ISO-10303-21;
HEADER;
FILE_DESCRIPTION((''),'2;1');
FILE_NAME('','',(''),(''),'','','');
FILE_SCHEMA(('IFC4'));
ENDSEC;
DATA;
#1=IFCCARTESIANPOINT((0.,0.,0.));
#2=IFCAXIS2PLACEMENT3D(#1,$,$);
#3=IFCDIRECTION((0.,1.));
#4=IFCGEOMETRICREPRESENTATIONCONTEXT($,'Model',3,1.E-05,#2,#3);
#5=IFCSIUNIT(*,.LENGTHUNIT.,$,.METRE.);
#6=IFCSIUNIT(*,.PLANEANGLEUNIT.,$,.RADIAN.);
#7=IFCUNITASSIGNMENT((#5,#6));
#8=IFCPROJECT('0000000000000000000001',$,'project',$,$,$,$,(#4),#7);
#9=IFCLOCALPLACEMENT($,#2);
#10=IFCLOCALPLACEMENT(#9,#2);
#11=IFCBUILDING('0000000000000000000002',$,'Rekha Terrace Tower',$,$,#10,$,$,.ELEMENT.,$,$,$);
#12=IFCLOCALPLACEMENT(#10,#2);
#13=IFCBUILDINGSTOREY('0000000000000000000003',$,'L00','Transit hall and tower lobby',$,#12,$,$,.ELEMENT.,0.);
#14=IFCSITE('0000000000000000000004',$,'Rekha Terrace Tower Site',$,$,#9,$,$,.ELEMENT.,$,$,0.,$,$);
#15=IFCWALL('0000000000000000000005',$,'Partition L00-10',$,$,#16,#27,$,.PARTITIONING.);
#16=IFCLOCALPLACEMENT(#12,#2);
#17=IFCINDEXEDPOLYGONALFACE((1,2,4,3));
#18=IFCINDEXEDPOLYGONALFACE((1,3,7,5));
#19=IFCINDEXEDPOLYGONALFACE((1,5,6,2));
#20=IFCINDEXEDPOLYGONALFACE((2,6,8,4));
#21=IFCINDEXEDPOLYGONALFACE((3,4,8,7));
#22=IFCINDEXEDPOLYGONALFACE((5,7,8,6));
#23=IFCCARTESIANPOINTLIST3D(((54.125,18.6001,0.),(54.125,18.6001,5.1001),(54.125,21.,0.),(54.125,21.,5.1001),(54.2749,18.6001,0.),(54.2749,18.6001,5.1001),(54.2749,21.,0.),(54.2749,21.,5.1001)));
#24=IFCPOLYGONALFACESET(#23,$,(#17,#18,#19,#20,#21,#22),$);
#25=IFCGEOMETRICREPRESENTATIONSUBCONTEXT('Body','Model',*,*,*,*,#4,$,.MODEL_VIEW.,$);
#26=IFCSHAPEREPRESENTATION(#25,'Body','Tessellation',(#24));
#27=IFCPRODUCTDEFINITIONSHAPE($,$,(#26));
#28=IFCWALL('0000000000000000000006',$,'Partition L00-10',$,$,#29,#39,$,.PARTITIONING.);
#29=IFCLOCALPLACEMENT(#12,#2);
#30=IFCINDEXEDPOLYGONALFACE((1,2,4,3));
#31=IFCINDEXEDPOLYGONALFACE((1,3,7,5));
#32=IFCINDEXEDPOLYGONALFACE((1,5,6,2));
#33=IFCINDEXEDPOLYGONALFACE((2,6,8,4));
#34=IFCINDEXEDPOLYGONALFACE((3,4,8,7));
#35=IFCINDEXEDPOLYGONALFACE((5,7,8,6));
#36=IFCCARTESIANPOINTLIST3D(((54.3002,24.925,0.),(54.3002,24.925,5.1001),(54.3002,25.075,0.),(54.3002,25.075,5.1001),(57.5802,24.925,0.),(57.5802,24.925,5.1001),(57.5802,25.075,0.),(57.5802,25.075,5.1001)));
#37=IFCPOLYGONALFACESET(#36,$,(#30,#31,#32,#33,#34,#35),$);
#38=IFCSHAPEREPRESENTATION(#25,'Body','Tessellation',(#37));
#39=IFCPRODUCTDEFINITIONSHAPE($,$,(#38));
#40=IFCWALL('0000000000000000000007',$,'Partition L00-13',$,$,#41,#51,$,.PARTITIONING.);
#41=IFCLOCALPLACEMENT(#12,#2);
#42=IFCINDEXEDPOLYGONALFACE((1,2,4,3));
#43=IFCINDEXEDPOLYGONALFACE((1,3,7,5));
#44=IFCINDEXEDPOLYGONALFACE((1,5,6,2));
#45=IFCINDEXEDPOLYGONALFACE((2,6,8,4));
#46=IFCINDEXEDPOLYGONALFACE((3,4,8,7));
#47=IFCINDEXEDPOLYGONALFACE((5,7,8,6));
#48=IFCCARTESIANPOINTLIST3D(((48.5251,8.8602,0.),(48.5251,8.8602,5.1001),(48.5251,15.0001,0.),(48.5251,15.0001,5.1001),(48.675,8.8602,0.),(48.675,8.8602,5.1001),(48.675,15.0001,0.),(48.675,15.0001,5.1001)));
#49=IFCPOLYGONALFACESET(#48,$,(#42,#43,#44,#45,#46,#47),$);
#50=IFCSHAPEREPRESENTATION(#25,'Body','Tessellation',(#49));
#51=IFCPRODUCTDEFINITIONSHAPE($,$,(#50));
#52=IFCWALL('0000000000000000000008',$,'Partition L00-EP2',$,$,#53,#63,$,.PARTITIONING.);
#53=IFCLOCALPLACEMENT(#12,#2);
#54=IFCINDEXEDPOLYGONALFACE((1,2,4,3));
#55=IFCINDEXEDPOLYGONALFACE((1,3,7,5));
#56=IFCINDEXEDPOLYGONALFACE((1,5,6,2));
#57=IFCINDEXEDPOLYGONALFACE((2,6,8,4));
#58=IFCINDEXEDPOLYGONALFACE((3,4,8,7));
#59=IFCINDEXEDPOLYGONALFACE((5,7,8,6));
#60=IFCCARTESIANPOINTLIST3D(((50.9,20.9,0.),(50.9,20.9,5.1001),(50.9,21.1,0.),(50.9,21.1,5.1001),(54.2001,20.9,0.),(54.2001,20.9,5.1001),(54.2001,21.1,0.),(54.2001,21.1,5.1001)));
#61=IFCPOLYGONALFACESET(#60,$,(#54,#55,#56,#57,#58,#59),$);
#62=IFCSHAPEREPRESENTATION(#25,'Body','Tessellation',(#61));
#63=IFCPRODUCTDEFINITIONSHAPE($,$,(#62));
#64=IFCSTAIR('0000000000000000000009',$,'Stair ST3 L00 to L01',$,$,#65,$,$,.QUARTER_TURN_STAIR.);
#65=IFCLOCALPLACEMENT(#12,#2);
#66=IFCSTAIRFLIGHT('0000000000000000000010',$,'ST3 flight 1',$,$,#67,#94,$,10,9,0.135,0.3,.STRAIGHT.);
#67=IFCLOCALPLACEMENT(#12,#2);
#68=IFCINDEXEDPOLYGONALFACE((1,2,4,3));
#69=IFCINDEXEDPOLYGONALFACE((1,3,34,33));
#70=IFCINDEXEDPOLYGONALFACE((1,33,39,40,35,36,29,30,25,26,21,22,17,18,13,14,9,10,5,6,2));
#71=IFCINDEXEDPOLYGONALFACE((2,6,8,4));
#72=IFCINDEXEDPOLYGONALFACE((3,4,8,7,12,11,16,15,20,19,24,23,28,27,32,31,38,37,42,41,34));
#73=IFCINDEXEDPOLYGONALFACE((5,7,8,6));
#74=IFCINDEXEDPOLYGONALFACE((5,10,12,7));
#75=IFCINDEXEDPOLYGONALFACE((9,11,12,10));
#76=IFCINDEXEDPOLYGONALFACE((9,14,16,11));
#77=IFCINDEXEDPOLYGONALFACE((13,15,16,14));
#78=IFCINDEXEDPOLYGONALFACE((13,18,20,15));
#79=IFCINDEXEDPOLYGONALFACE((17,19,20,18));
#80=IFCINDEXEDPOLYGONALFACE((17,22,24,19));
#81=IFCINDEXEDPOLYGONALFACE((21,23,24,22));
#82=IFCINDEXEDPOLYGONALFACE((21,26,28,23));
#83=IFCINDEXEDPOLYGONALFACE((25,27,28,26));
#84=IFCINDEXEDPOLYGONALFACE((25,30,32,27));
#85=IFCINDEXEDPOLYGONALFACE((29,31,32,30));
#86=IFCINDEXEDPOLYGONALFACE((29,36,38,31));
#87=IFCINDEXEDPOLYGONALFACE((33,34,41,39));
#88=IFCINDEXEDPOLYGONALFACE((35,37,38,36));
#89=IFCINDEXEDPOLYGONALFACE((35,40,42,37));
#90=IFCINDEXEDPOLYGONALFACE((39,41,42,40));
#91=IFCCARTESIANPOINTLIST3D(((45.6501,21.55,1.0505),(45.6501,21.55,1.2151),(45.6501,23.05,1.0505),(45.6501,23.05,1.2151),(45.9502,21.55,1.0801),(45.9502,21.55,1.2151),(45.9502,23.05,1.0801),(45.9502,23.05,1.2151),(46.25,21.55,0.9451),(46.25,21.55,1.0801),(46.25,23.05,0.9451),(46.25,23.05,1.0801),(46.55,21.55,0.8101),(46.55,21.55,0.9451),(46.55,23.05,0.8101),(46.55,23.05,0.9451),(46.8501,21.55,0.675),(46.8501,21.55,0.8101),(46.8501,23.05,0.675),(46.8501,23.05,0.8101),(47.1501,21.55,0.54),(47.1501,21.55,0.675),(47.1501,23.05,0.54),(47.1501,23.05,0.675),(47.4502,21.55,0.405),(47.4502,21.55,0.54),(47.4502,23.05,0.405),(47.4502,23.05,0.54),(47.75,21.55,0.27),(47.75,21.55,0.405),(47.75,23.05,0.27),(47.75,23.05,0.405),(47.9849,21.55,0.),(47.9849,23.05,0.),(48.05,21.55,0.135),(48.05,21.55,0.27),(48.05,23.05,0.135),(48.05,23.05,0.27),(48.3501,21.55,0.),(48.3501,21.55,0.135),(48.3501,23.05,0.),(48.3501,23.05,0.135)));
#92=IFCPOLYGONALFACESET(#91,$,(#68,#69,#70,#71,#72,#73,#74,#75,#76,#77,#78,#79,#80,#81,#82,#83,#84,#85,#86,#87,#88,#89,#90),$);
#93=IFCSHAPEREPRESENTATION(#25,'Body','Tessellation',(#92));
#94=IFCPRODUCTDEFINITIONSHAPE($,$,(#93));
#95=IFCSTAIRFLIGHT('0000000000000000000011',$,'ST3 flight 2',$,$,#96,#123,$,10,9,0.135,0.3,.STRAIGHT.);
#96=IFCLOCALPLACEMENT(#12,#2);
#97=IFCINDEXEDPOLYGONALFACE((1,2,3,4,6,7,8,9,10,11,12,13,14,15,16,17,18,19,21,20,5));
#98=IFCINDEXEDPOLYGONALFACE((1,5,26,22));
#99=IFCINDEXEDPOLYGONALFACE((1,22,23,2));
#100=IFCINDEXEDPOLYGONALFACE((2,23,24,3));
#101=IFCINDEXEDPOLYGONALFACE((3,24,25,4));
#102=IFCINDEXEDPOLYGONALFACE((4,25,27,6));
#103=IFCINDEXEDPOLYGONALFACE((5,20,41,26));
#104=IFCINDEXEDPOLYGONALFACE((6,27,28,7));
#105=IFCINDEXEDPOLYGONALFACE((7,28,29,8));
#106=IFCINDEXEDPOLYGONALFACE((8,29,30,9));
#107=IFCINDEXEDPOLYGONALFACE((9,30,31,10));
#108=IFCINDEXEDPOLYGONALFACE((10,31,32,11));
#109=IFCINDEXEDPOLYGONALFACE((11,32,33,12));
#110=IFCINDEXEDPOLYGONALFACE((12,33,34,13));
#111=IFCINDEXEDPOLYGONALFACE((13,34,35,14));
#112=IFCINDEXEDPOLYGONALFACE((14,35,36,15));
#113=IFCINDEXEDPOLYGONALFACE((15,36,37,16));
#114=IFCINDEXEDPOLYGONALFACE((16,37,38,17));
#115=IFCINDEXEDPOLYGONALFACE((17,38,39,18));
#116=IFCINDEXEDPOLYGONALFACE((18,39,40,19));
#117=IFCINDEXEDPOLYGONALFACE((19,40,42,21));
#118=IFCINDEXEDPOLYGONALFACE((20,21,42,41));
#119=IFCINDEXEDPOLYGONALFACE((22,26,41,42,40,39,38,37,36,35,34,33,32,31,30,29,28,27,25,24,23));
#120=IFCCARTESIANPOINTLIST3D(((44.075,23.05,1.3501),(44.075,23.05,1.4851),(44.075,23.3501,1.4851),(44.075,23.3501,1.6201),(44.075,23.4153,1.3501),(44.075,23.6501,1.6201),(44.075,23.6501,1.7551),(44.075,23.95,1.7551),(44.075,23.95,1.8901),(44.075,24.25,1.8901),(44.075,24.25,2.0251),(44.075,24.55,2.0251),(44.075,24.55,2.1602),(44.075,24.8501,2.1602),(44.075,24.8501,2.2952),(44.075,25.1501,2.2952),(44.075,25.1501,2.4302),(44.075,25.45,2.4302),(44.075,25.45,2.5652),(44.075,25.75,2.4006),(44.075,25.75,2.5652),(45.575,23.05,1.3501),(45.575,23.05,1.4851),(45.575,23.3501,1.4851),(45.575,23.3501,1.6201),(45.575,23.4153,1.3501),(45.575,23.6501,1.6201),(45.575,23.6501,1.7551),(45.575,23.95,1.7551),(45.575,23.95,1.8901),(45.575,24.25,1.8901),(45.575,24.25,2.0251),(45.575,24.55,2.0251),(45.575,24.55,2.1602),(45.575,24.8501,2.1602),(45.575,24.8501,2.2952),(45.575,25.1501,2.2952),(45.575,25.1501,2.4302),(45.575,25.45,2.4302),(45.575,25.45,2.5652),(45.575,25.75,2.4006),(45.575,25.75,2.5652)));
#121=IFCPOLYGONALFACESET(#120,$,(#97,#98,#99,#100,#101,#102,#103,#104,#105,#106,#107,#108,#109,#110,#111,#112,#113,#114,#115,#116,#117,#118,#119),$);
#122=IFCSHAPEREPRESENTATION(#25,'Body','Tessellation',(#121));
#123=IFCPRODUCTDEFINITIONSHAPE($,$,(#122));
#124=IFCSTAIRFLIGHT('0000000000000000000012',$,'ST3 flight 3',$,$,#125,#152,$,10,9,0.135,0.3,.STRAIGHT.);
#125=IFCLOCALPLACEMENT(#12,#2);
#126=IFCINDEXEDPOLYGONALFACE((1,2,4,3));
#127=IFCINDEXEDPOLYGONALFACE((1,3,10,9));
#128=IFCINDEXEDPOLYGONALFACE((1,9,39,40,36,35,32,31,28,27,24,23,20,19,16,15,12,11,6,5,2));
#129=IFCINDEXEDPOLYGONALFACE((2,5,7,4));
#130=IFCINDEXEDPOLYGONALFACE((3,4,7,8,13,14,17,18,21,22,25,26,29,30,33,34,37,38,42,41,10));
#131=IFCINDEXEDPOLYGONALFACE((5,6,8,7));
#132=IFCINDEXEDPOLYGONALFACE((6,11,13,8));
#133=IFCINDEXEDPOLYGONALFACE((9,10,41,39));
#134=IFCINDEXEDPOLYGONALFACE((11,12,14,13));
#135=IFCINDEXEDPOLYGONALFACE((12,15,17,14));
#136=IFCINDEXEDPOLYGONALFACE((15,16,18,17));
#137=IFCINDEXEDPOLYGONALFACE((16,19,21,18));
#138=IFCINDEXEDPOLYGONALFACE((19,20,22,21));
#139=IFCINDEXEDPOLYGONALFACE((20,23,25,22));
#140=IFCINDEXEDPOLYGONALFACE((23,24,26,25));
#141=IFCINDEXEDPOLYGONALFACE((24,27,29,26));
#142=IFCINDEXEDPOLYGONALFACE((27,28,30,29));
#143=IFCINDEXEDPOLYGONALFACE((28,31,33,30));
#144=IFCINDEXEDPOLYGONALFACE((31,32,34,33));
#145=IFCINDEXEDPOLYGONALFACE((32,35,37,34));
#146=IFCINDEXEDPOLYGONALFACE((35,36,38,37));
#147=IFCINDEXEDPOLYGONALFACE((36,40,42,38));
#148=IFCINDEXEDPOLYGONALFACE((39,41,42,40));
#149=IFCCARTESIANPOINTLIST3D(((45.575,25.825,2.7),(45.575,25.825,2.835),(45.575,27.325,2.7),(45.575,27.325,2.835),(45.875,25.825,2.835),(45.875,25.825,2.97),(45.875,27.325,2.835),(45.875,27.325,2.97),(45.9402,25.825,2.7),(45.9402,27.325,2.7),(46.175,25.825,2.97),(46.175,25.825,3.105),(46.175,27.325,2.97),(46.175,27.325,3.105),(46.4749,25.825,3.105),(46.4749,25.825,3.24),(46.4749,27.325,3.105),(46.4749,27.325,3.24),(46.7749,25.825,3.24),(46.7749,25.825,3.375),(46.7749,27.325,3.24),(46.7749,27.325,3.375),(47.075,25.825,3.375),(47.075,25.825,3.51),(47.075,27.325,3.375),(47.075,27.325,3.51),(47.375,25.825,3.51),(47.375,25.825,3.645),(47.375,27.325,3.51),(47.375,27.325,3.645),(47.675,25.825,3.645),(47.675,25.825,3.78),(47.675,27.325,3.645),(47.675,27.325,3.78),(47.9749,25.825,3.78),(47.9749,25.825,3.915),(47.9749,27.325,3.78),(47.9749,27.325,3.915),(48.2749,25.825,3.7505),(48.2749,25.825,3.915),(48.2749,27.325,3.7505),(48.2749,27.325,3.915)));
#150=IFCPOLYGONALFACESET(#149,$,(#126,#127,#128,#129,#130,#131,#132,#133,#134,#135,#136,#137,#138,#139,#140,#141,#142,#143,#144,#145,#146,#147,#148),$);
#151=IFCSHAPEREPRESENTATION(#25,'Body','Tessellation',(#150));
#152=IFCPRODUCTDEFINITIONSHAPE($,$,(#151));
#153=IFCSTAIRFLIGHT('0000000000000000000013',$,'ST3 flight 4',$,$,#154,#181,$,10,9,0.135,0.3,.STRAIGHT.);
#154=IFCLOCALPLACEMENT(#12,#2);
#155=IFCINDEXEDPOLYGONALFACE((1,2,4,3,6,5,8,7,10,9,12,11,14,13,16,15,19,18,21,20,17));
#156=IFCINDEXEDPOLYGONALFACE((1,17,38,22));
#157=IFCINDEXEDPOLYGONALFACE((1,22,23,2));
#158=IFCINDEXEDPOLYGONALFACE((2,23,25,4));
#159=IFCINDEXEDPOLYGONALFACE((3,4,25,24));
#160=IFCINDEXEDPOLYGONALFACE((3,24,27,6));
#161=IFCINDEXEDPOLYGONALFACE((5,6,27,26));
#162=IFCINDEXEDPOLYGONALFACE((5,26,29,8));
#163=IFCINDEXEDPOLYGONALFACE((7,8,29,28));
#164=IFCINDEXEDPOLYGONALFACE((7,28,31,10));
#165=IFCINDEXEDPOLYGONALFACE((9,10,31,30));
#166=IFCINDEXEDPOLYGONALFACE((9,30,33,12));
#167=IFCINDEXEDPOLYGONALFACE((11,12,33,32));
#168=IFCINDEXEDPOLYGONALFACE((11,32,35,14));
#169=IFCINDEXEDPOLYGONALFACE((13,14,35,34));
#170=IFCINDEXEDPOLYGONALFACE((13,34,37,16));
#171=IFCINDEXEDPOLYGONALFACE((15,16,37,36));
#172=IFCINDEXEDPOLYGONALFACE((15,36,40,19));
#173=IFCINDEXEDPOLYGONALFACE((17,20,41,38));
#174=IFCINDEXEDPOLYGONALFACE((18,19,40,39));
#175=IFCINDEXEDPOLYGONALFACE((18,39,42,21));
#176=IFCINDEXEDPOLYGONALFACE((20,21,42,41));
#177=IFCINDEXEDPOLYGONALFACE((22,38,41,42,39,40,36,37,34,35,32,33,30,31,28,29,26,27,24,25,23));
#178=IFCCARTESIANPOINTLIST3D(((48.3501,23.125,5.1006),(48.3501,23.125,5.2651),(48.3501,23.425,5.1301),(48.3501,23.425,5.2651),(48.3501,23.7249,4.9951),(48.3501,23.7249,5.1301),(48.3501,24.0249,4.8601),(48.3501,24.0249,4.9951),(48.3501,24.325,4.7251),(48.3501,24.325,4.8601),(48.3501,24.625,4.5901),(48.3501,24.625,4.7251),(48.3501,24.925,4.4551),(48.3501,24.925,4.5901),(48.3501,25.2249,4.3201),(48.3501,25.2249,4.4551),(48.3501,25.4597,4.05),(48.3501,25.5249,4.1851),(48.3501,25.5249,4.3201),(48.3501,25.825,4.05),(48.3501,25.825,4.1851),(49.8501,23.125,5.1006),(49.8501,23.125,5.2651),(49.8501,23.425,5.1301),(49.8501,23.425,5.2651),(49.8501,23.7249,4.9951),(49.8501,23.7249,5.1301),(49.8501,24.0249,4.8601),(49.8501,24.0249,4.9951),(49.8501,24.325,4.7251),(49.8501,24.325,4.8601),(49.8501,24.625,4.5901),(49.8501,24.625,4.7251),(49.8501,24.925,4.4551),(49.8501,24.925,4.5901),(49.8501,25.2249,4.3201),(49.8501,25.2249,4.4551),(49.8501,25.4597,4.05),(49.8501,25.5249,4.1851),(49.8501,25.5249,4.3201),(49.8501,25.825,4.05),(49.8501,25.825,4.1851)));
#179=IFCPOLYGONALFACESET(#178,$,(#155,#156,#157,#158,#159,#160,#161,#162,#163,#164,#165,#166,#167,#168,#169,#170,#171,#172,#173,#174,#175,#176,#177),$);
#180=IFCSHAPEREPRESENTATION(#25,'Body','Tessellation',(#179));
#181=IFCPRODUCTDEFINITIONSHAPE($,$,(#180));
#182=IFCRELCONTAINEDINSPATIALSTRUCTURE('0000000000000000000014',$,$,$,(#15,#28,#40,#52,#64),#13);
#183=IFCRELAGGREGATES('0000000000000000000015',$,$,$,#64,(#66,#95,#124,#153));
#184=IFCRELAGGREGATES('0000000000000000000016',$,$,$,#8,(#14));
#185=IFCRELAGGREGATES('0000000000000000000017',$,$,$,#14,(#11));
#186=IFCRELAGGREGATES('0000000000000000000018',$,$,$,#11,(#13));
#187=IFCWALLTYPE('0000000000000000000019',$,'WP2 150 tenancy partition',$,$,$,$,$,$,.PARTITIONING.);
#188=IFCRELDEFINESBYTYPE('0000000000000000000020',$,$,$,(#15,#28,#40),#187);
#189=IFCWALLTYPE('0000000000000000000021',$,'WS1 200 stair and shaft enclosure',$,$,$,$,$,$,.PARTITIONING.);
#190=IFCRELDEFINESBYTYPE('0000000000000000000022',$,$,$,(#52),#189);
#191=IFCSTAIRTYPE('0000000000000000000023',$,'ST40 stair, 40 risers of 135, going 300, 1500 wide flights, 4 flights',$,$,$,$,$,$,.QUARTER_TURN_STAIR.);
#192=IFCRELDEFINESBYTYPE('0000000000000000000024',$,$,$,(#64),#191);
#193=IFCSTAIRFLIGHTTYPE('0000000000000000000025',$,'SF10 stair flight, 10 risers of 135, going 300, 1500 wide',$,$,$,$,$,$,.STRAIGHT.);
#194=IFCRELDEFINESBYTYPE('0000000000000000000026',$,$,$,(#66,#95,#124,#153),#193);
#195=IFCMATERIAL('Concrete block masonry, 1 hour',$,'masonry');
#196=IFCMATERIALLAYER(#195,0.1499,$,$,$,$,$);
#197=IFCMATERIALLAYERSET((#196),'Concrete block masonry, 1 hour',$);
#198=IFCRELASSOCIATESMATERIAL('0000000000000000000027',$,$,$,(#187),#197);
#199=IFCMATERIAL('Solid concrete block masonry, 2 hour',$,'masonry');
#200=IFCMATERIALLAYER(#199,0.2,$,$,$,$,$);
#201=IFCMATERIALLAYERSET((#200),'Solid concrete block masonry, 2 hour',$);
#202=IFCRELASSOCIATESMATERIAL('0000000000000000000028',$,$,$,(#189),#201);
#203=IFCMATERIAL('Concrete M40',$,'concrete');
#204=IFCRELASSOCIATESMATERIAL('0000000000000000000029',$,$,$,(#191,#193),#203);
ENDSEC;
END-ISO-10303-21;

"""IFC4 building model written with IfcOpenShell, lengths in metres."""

from ifc_helpers import new_model, si_unit, direction, frame, frame_2d, origin, place, context, subcontext, project, spatial, polyline, rectangle, outline, extrude, material, layer, layer_set, type_object, element, aggregate, save


model = new_model("IFC4")

# Units and contexts
model_context = context("Model", 3, precision=1e-05, world=origin(), true_north=direction((0.0, 1.0)))
body_context = subcontext(model_context, "Body", "Model", "MODEL_VIEW")
ifc_project = project(units=[si_unit("LENGTHUNIT", "METRE"), si_unit("PLANEANGLEUNIT", "RADIAN")], contexts=[model_context])

# Site, building, storey
site_placement = place(None, origin())
site = spatial("IfcSite", under=ifc_project, at=site_placement, Name="Rekha Terrace Tower Site", CompositionType="ELEMENT", RefElevation=0.0)
building_placement = place(site_placement, origin())
building = spatial("IfcBuilding", under=site, at=building_placement, Name="Rekha Terrace Tower", CompositionType="ELEMENT")
storey_placement = place(building_placement, origin())
storey = spatial("IfcBuildingStorey", under=building, at=storey_placement, Name="L00", Description="Transit hall and tower lobby", CompositionType="ELEMENT", Elevation=0.0)

# Walls
ifc_material_1 = material(Name="Concrete block masonry, 1 hour", Category="masonry")
ifc_layer_1 = layer(ifc_material_1, 0.1499)
ifc_layer_set_1 = layer_set([ifc_layer_1], Name="Concrete block masonry, 1 hour")
wall_type_1 = type_object("IfcWallType", Name="WP2 150 tenancy partition", PredefinedType="PARTITIONING", material=ifc_layer_set_1)
wall_1_placement = place(storey_placement, frame((54.2, 18.6001, 0.0), z_axis=(0.0, 0.0, 1.0), x_axis=(0.0, 1.0, 0.0)))
element("IfcWall", 1, at=wall_1_placement, inside=storey, type_object=wall_type_1, Name="Partition L00-10", PredefinedType="PARTITIONING", context=body_context, shape_type="SweptSolid", body=[
    extrude(rectangle(XDim=2.3999, YDim=0.1499, at=frame_2d((1.2, 0.0))), origin(), (0.0, 0.0, 1.0), 5.1001),
])
wall_2_placement = place(storey_placement, frame((54.3, 25.0, 0.0), z_axis=(0.0, 0.0, 1.0), x_axis=(1.0, 0.0, 0.0)))
element("IfcWall", 2, at=wall_2_placement, inside=storey, type_object=wall_type_1, Name="Partition L00-10", PredefinedType="PARTITIONING", context=body_context, shape_type="SweptSolid", body=[
    extrude(rectangle(XDim=3.28, YDim=0.1499, at=frame_2d((1.6401, 0.0))), origin(), (0.0, 0.0, 1.0), 5.1001),
])
wall_3_placement = place(storey_placement, frame((48.6001, 15.0, 0.0), z_axis=(0.0, 0.0, 1.0), x_axis=(0.0, -1.0, 0.0)))
element("IfcWall", 3, at=wall_3_placement, inside=storey, type_object=wall_type_1, Name="Partition L00-13", PredefinedType="PARTITIONING", context=body_context, shape_type="SweptSolid", body=[
    extrude(rectangle(XDim=6.1399, YDim=0.1499, at=frame_2d((3.0698, 0.0))), origin(), (0.0, 0.0, 1.0), 5.1001),
])
ifc_material_2 = material(Name="Solid concrete block masonry, 2 hour", Category="masonry")
ifc_layer_2 = layer(ifc_material_2, 0.2)
ifc_layer_set_2 = layer_set([ifc_layer_2], Name="Solid concrete block masonry, 2 hour")
wall_type_2 = type_object("IfcWallType", Name="WS1 200 stair and shaft enclosure", PredefinedType="PARTITIONING", material=ifc_layer_set_2)
wall_4_placement = place(storey_placement, frame((54.2, 21.0, 0.0), z_axis=(0.0, 0.0, 1.0), x_axis=(-1.0, 0.0, 0.0)))
element("IfcWall", 4, at=wall_4_placement, inside=storey, type_object=wall_type_2, Name="Partition L00-EP2", PredefinedType="PARTITIONING", context=body_context, shape_type="SweptSolid", body=[
    extrude(rectangle(XDim=3.3, YDim=0.2, at=frame_2d((1.6499, 0.0))), origin(), (0.0, 0.0, 1.0), 5.1001),
])

# Stair, stair flights
ifc_material_3 = material(Name="Concrete M40", Category="concrete")
stair_type = type_object("IfcStairType", Name="ST40 stair, 40 risers of 135, going 300, 1500 wide flights, 4 flights", PredefinedType="QUARTER_TURN_STAIR", material=ifc_material_3)
stair_placement = place(storey_placement, origin())
stair = element("IfcStair", 5, at=stair_placement, inside=storey, type_object=stair_type, Name="Stair ST3 L00 to L01", PredefinedType="QUARTER_TURN_STAIR")
stair_flight_type = type_object("IfcStairFlightType", Name="SF10 stair flight, 10 risers of 135, going 300, 1500 wide", PredefinedType="STRAIGHT", material=ifc_material_3)
stair_flight_1_placement = place(storey_placement, frame((48.3501, 22.3, 0.0), z_axis=(0.0, 0.0, 1.0), x_axis=(-1.0, 0.0, 0.0)))
stair_flight_1 = element("IfcStairFlight", 6, at=stair_flight_1_placement, type_object=stair_flight_type, Name="ST3 flight 1", NumberOfRisers=10, NumberOfTreads=9, PredefinedType="STRAIGHT", RiserHeight=0.135, TreadLength=0.3, context=body_context, shape_type="SweptSolid", body=[
    extrude(outline(polyline([(0.0, 0.0), (0.0, 0.135), (0.3, 0.135), (0.3, 0.27), (0.6001, 0.27), (0.6001, 0.405), (0.8999, 0.405), (0.8999, 0.54), (1.2, 0.54), (1.2, 0.675), (1.5, 0.675), (1.5, 0.8101), (1.8, 0.8101), (1.8, 0.9451), (2.1001, 0.9451), (2.1001, 1.0801), (2.3999, 1.0801), (2.3999, 1.2151), (2.7, 1.2151), (2.7, 1.3501), (2.7, 1.0505), (0.3652, 0.0), (0.0, 0.0)])), frame((0.0, 0.75, 0.0), z_axis=(0.0, -1.0, 0.0), x_axis=(1.0, 0.0, 0.0)), (0.0, 0.0, 1.0), 1.5),
])
stair_flight_2_placement = place(storey_placement, frame((44.825, 23.05, 1.3501), z_axis=(0.0, 0.0, 1.0), x_axis=(0.0, 1.0, 0.0)))
stair_flight_2 = element("IfcStairFlight", 7, at=stair_flight_2_placement, type_object=stair_flight_type, Name="ST3 flight 2", NumberOfRisers=10, NumberOfTreads=9, PredefinedType="STRAIGHT", RiserHeight=0.135, TreadLength=0.3, context=body_context, shape_type="SweptSolid", body=[
    extrude(outline(polyline([(0.0, 0.0), (0.0, 0.135), (0.3, 0.135), (0.3, 0.27), (0.6001, 0.27), (0.6001, 0.405), (0.8999, 0.405), (0.8999, 0.54), (1.2, 0.54), (1.2, 0.675), (1.5, 0.675), (1.5, 0.8101), (1.8, 0.8101), (1.8, 0.9451), (2.1001, 0.9451), (2.1001, 1.0801), (2.3999, 1.0801), (2.3999, 1.2151), (2.7, 1.2151), (2.7, 1.3501), (2.7, 1.0505), (0.3652, 0.0), (0.0, 0.0)])), frame((0.0, 0.75, 0.0), z_axis=(0.0, -1.0, 0.0), x_axis=(1.0, 0.0, 0.0)), (0.0, 0.0, 1.0), 1.5),
])
stair_flight_3_placement = place(storey_placement, frame((45.575, 26.575, 2.7), z_axis=(0.0, 0.0, 1.0), x_axis=(1.0, 0.0, 0.0)))
stair_flight_3 = element("IfcStairFlight", 8, at=stair_flight_3_placement, type_object=stair_flight_type, Name="ST3 flight 3", NumberOfRisers=10, NumberOfTreads=9, PredefinedType="STRAIGHT", RiserHeight=0.135, TreadLength=0.3, context=body_context, shape_type="SweptSolid", body=[
    extrude(outline(polyline([(0.0, 0.0), (0.0, 0.135), (0.3, 0.135), (0.3, 0.27), (0.6001, 0.27), (0.6001, 0.405), (0.8999, 0.405), (0.8999, 0.54), (1.2, 0.54), (1.2, 0.675), (1.5, 0.675), (1.5, 0.8101), (1.8, 0.8101), (1.8, 0.9451), (2.1001, 0.9451), (2.1001, 1.0801), (2.3999, 1.0801), (2.3999, 1.2151), (2.7, 1.2151), (2.7, 1.3501), (2.7, 1.0505), (0.3652, 0.0), (0.0, 0.0)])), frame((0.0, 0.75, 0.0), z_axis=(0.0, -1.0, 0.0), x_axis=(1.0, 0.0, 0.0)), (0.0, 0.0, 1.0), 1.5),
])
stair_flight_4_placement = place(storey_placement, frame((49.1001, 25.825, 4.05), z_axis=(0.0, 0.0, 1.0), x_axis=(0.0, -1.0, 0.0)))
stair_flight_4 = element("IfcStairFlight", 9, at=stair_flight_4_placement, type_object=stair_flight_type, Name="ST3 flight 4", NumberOfRisers=10, NumberOfTreads=9, PredefinedType="STRAIGHT", RiserHeight=0.135, TreadLength=0.3, context=body_context, shape_type="SweptSolid", body=[
    extrude(outline(polyline([(0.0, 0.0), (0.0, 0.135), (0.3, 0.135), (0.3, 0.27), (0.6001, 0.27), (0.6001, 0.405), (0.8999, 0.405), (0.8999, 0.54), (1.2, 0.54), (1.2, 0.675), (1.5, 0.675), (1.5, 0.8101), (1.8, 0.8101), (1.8, 0.9451), (2.1001, 0.9451), (2.1001, 1.0801), (2.3999, 1.0801), (2.3999, 1.2151), (2.7, 1.2151), (2.7, 1.3501), (2.7, 1.0505), (0.3652, 0.0), (0.0, 0.0)])), frame((0.0, 0.75, 0.0), z_axis=(0.0, -1.0, 0.0), x_axis=(1.0, 0.0, 0.0)), (0.0, 0.0, 1.0), 1.5),
])
aggregate(stair, [stair_flight_1, stair_flight_2, stair_flight_3, stair_flight_4])

save(model, "model.ifc")
